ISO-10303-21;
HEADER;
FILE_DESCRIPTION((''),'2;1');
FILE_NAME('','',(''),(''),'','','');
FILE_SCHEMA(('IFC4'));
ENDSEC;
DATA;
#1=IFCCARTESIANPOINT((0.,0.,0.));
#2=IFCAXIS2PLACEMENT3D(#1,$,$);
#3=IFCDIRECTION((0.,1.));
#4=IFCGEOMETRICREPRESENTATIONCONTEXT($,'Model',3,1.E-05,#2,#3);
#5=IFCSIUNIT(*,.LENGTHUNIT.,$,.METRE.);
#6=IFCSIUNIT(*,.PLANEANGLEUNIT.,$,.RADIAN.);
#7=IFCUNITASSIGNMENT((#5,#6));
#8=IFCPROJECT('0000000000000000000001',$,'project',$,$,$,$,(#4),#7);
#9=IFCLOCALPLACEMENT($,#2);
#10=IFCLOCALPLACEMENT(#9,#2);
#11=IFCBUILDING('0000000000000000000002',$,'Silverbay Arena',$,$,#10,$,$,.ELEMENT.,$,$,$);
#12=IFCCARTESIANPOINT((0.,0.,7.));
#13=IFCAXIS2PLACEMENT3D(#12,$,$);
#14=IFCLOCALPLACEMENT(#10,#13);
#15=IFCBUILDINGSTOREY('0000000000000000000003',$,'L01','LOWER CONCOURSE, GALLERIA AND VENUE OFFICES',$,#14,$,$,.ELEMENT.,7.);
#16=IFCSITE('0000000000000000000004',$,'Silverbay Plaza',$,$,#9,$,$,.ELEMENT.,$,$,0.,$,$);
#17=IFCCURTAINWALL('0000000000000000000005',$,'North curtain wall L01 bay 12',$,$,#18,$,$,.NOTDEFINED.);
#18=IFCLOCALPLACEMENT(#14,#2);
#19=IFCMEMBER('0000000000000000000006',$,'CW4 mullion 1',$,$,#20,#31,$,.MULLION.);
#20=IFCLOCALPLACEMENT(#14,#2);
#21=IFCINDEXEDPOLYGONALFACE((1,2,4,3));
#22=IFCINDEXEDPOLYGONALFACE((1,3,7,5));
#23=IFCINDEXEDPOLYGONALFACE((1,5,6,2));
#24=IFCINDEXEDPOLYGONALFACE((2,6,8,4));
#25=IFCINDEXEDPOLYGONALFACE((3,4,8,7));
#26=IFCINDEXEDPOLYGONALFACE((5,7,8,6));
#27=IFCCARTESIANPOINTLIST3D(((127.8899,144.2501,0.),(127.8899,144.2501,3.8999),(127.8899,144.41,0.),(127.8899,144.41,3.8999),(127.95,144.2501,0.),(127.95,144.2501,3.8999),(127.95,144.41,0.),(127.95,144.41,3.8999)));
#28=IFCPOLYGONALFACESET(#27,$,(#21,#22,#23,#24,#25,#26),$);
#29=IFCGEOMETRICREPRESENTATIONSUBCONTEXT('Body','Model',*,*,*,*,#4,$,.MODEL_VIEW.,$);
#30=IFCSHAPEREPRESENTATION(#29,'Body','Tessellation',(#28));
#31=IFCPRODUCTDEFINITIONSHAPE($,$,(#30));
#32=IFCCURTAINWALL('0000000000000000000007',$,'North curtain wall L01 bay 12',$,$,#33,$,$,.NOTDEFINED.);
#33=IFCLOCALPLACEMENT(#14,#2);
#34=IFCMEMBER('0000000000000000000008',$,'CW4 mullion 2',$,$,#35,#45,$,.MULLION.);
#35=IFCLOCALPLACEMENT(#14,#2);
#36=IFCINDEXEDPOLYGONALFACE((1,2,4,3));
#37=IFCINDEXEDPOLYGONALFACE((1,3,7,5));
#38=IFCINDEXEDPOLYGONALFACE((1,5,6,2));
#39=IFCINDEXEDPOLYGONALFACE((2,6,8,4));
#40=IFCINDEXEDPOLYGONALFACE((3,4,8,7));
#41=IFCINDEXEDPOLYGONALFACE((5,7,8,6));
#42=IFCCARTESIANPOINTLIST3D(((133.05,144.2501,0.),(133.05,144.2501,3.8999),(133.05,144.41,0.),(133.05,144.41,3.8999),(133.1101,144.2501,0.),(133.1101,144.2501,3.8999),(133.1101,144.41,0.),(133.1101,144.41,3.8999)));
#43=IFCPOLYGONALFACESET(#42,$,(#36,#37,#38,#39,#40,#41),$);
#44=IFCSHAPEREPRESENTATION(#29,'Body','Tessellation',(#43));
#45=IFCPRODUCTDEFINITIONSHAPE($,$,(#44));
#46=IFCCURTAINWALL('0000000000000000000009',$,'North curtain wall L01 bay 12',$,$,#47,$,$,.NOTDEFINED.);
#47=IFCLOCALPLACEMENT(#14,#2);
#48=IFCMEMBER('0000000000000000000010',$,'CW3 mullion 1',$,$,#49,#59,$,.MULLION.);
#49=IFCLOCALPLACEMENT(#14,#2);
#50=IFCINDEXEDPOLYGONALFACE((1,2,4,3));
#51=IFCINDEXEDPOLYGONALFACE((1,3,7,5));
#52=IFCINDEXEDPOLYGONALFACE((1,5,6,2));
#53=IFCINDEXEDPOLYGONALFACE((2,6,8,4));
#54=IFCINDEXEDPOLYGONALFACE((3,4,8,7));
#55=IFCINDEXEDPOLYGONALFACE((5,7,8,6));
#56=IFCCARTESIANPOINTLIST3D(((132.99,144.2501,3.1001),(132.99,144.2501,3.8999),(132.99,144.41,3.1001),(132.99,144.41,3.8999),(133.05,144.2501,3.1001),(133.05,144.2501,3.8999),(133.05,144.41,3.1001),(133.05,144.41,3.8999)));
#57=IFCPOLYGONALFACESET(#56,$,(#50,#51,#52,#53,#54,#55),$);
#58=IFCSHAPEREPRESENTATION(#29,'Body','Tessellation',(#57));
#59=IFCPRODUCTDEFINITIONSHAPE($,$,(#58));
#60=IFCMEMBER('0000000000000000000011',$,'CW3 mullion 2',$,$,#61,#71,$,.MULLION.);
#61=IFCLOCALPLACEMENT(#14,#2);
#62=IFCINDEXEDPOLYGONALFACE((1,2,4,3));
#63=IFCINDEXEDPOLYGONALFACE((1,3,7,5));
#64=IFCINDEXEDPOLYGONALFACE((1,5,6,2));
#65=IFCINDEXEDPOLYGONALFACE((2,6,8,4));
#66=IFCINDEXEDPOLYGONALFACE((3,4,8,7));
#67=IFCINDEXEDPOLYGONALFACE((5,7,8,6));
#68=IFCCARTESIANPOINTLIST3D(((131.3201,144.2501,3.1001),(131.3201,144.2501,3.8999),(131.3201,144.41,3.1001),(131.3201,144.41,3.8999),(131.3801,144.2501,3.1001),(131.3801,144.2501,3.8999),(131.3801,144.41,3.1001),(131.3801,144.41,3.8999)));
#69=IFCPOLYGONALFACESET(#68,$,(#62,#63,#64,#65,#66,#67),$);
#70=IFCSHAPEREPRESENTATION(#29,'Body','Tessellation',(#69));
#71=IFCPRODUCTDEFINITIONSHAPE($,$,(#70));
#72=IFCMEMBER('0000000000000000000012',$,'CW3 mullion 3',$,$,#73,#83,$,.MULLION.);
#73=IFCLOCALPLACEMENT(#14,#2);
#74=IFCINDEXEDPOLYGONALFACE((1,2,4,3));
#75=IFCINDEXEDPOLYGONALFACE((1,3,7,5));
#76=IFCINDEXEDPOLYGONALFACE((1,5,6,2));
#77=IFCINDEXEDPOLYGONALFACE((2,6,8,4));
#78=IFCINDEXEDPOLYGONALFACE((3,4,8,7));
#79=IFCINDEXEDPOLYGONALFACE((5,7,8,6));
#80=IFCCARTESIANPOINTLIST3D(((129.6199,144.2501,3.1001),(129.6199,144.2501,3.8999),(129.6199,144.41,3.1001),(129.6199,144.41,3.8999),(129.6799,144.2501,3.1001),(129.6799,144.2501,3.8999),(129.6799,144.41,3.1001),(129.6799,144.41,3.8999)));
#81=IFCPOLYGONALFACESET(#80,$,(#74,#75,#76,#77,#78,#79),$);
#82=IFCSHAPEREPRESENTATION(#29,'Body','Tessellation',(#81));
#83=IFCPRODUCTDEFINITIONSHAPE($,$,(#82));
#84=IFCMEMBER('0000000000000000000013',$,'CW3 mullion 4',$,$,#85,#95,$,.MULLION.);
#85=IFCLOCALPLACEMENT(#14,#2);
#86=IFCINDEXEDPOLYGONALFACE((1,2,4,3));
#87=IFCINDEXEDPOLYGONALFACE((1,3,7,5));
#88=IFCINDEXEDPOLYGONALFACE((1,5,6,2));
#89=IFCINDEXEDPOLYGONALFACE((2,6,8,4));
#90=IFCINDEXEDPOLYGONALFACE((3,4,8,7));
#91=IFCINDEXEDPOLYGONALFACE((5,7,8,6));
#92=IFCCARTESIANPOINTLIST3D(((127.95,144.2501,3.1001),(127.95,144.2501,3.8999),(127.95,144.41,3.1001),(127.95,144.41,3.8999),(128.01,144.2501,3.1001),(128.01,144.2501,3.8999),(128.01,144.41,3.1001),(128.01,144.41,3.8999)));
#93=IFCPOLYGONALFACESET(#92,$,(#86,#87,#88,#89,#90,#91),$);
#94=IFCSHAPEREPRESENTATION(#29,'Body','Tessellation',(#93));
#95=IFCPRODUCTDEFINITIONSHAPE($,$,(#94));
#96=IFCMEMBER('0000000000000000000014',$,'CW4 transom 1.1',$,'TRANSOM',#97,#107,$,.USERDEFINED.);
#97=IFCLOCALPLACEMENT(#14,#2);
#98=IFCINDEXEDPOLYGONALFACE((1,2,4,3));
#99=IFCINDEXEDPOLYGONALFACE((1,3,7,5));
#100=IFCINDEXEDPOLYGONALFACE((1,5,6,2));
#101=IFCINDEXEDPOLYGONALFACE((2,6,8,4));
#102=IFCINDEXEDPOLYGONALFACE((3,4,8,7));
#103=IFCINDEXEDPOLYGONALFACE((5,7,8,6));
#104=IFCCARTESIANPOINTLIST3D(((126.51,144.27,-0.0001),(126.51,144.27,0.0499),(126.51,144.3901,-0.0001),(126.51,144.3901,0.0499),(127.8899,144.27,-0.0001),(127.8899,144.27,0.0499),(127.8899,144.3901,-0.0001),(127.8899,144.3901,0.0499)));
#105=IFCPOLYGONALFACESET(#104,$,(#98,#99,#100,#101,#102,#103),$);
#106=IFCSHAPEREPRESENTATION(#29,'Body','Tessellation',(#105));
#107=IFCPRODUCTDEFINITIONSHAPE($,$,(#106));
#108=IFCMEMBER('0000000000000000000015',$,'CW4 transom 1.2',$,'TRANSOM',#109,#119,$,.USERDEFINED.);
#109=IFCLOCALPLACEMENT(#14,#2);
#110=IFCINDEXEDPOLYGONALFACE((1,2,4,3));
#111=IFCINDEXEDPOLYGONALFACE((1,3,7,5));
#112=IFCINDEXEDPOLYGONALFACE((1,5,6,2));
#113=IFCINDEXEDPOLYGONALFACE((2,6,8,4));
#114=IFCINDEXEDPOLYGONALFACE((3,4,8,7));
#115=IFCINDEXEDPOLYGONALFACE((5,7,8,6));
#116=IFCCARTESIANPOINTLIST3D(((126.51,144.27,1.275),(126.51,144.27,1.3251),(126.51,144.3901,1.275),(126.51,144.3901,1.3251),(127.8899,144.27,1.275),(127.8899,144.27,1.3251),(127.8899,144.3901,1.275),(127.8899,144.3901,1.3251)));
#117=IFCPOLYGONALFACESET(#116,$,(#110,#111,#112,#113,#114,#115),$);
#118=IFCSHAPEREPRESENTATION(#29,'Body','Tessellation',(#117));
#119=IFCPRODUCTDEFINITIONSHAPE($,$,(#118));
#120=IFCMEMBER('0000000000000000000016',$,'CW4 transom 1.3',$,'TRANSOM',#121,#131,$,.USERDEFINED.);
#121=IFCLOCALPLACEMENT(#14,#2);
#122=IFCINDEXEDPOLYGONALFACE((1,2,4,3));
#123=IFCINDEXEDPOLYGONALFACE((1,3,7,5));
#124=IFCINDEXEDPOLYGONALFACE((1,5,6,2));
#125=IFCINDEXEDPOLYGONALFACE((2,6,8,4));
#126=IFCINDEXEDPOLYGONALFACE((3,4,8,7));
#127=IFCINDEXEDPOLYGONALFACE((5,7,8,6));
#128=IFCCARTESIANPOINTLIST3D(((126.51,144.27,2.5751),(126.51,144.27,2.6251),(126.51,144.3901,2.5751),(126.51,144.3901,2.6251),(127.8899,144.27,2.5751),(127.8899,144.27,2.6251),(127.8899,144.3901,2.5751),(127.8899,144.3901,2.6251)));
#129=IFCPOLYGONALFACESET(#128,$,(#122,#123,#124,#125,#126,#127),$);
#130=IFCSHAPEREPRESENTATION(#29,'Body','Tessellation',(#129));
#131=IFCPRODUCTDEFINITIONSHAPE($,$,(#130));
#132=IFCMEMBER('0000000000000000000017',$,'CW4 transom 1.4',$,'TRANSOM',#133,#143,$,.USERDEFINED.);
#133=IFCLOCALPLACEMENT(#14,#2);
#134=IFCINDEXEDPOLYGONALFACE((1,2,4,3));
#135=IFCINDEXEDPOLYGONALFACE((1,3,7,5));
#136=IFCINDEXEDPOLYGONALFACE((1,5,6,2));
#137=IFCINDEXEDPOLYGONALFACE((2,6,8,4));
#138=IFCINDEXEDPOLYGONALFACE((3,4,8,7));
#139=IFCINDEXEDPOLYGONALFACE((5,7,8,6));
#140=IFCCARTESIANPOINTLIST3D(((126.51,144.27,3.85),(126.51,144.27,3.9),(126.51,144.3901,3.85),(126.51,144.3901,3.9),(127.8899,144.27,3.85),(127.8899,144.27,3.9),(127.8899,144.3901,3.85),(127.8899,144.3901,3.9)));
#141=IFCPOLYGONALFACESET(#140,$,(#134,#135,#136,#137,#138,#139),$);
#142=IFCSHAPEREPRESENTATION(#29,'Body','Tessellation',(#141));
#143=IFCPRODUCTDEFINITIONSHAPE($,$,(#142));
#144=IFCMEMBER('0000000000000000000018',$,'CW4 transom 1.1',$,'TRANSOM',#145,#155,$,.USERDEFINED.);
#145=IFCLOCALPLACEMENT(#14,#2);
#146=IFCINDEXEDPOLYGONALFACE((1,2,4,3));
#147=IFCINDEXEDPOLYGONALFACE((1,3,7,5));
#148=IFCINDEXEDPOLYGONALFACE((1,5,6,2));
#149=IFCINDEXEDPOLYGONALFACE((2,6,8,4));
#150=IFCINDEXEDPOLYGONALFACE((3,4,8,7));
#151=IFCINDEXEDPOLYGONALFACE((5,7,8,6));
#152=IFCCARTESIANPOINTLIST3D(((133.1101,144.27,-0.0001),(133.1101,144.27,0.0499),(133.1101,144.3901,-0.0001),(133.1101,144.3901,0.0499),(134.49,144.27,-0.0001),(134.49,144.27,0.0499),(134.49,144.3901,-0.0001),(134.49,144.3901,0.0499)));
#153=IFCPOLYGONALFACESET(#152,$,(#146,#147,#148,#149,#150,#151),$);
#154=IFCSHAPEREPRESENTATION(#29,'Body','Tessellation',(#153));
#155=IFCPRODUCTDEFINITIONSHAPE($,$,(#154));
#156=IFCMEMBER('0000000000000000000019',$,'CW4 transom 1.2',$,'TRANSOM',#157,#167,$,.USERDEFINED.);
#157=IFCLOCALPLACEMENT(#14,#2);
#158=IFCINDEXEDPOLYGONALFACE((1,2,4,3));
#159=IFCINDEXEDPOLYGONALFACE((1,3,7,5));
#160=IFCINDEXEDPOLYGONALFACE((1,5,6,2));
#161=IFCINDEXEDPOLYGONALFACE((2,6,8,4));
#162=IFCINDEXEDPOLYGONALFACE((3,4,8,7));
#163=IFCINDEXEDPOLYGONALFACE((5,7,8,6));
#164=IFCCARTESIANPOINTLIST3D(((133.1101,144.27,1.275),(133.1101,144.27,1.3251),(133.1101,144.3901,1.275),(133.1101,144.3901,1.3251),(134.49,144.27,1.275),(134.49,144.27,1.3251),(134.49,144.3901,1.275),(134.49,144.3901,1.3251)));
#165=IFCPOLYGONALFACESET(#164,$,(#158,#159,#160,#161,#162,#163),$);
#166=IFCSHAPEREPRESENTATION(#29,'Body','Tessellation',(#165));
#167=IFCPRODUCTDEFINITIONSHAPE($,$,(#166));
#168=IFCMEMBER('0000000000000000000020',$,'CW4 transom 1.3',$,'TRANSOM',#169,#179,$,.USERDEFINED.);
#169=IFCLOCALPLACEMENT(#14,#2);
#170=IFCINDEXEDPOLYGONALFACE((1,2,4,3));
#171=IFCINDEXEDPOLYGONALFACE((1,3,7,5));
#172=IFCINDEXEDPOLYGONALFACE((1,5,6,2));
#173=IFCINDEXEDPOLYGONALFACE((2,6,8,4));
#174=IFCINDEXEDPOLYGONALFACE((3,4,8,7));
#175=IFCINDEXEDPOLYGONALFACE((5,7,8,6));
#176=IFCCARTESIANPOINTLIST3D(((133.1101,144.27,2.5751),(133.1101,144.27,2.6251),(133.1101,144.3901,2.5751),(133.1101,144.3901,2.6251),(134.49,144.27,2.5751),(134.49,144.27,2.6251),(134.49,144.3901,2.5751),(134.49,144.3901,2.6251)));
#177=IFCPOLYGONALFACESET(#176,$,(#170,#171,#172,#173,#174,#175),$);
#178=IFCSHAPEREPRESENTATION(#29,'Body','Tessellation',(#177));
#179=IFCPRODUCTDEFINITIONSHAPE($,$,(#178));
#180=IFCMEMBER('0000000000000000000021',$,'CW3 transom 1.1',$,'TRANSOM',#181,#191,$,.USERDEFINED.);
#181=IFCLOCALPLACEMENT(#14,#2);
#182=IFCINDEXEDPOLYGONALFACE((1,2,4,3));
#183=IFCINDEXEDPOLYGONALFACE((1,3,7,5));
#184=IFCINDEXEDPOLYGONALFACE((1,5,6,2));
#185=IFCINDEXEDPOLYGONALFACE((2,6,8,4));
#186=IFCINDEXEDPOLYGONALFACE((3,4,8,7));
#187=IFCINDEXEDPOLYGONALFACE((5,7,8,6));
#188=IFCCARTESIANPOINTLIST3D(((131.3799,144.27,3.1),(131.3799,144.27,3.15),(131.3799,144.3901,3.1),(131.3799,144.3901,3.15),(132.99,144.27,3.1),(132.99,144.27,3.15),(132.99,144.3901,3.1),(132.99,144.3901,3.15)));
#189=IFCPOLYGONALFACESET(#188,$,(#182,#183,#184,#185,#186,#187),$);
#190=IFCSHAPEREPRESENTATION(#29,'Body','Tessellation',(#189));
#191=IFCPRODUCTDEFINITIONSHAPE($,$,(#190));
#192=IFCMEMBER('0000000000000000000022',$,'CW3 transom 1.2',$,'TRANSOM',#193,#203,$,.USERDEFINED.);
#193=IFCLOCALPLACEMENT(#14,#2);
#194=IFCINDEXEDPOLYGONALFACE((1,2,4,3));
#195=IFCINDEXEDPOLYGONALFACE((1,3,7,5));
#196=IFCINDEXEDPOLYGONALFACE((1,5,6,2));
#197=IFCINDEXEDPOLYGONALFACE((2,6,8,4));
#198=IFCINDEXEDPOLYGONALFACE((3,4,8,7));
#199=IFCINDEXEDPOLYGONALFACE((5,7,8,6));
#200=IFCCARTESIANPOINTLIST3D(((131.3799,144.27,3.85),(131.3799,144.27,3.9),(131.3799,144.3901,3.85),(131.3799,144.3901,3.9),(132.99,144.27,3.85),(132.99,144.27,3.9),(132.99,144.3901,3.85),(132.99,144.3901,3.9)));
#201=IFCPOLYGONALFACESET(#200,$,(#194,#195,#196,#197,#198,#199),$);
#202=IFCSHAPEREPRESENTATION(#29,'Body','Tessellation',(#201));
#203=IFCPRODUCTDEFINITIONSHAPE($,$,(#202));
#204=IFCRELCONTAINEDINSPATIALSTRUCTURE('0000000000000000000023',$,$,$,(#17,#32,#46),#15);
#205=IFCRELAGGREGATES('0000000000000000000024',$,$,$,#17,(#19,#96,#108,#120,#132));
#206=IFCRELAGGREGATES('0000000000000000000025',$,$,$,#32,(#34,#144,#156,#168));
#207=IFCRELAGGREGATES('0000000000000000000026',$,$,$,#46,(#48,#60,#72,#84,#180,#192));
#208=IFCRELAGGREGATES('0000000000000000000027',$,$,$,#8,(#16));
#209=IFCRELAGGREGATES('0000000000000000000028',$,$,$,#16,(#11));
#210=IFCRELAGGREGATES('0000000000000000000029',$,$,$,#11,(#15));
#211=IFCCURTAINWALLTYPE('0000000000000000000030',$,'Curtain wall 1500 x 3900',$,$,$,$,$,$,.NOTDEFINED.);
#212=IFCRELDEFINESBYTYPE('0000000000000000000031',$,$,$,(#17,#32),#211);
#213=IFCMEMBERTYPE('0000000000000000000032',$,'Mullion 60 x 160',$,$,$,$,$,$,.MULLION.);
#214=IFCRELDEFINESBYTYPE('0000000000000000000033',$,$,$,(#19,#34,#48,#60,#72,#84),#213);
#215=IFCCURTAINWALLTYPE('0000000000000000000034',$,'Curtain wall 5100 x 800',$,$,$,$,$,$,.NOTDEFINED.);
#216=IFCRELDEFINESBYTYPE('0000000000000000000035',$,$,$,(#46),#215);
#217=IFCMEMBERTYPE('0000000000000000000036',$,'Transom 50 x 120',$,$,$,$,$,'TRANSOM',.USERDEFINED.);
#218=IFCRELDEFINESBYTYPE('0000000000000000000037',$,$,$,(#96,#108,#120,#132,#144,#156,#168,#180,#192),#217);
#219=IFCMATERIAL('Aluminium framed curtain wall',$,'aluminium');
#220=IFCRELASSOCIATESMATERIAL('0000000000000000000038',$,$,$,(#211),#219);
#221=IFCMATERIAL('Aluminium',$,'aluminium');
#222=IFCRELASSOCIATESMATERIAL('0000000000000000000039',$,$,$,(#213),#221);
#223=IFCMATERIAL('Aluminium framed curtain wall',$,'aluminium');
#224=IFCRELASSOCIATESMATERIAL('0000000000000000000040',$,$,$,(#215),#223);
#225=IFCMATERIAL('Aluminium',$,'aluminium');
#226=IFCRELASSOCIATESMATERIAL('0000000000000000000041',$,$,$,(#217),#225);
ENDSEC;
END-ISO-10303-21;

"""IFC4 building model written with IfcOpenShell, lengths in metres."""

from ifc_helpers import new_model, si_unit, direction, frame, origin, origin_2d, place, context, subcontext, project, spatial, rectangle, extrude, material, material_profile, profile_set, type_object, element, aggregate, save


model = new_model("IFC4")

# Units and contexts
model_context = context("Model", 3, precision=1e-05, world=origin(), true_north=direction((0.0, 1.0)))
body_context = subcontext(model_context, "Body", "Model", "MODEL_VIEW")
ifc_project = project(units=[si_unit("LENGTHUNIT", "METRE"), si_unit("PLANEANGLEUNIT", "RADIAN")], contexts=[model_context])

# Site, building, storey
site_placement = place(None, origin())
site = spatial("IfcSite", under=ifc_project, at=site_placement, Name="Silverbay Plaza", CompositionType="ELEMENT", RefElevation=0.0)
building_placement = place(site_placement, origin())
building = spatial("IfcBuilding", under=site, at=building_placement, Name="Silverbay Arena", CompositionType="ELEMENT")
storey_placement = place(building_placement, frame((0.0, 0.0, 7.0)))
storey = spatial("IfcBuildingStorey", under=building, at=storey_placement, Name="L01", Description="LOWER CONCOURSE, GALLERIA AND VENUE OFFICES", CompositionType="ELEMENT", Elevation=7.0)

# Curtain walls, members
ifc_material_1 = material(Name="Aluminium framed curtain wall", Category="aluminium")
curtain_wall_type_1 = type_object("IfcCurtainWallType", Name="Curtain wall 1500 x 3900", PredefinedType="NOTDEFINED", material=ifc_material_1)
curtain_wall_1_placement = place(storey_placement, origin())
curtain_wall_1 = element("IfcCurtainWall", 1, at=curtain_wall_1_placement, inside=storey, type_object=curtain_wall_type_1, Name="North curtain wall L01 bay 12", PredefinedType="NOTDEFINED")
ifc_material_2 = material(Name="Aluminium", Category="aluminium")
ifc_material_profile_1 = material_profile(ifc_material_2, rectangle(XDim=0.1599, YDim=0.0601, at=origin_2d()), Name="Mullion 60 x 160")
ifc_profile_set_1 = profile_set([ifc_material_profile_1], Name="Aluminium")
member_type_1 = type_object("IfcMemberType", Name="Mullion 60 x 160", PredefinedType="MULLION", material=ifc_profile_set_1)
member_1_placement = place(storey_placement, frame((127.9199, 144.3301, 0.0), z_axis=(0.0, 0.0, 1.0), x_axis=(0.0, -1.0, 0.0)))
member_1 = element("IfcMember", 2, at=member_1_placement, type_object=member_type_1, Name="CW4 mullion 1", PredefinedType="MULLION", context=body_context, shape_type="SweptSolid", body=[
    extrude(rectangle(XDim=0.1599, YDim=0.0601, at=origin_2d()), origin(), (0.0, 0.0, 1.0), 3.8999),
])
curtain_wall_2_placement = place(storey_placement, origin())
curtain_wall_2 = element("IfcCurtainWall", 3, at=curtain_wall_2_placement, inside=storey, type_object=curtain_wall_type_1, Name="North curtain wall L01 bay 12", PredefinedType="NOTDEFINED")
member_2_placement = place(storey_placement, frame((133.0801, 144.3301, 0.0), z_axis=(0.0, 0.0, 1.0), x_axis=(0.0, -1.0, 0.0)))
member_2 = element("IfcMember", 4, at=member_2_placement, type_object=member_type_1, Name="CW4 mullion 2", PredefinedType="MULLION", context=body_context, shape_type="SweptSolid", body=[
    extrude(rectangle(XDim=0.1599, YDim=0.0601, at=origin_2d()), origin(), (0.0, 0.0, 1.0), 3.8999),
])

# Curtain wall, members
ifc_material_3 = material(Name="Aluminium framed curtain wall", Category="aluminium")
curtain_wall_type_2 = type_object("IfcCurtainWallType", Name="Curtain wall 5100 x 800", PredefinedType="NOTDEFINED", material=ifc_material_3)
curtain_wall_3_placement = place(storey_placement, origin())
curtain_wall_3 = element("IfcCurtainWall", 5, at=curtain_wall_3_placement, inside=storey, type_object=curtain_wall_type_2, Name="North curtain wall L01 bay 12", PredefinedType="NOTDEFINED")
member_3_placement = place(storey_placement, frame((133.02, 144.3301, 3.1001), z_axis=(0.0, 0.0, 1.0), x_axis=(0.0, -1.0, 0.0)))
member_3 = element("IfcMember", 6, at=member_3_placement, type_object=member_type_1, Name="CW3 mullion 1", PredefinedType="MULLION", context=body_context, shape_type="SweptSolid", body=[
    extrude(rectangle(XDim=0.1599, YDim=0.0601, at=origin_2d()), origin(), (0.0, 0.0, 1.0), 0.7998),
])
member_4_placement = place(storey_placement, frame((131.3501, 144.3301, 3.1001), z_axis=(0.0, 0.0, 1.0), x_axis=(0.0, -1.0, 0.0)))
member_4 = element("IfcMember", 7, at=member_4_placement, type_object=member_type_1, Name="CW3 mullion 2", PredefinedType="MULLION", context=body_context, shape_type="SweptSolid", body=[
    extrude(rectangle(XDim=0.1599, YDim=0.0601, at=origin_2d()), origin(), (0.0, 0.0, 1.0), 0.7998),
])
member_5_placement = place(storey_placement, frame((129.6499, 144.3301, 3.1001), z_axis=(0.0, 0.0, 1.0), x_axis=(0.0, -1.0, 0.0)))
member_5 = element("IfcMember", 8, at=member_5_placement, type_object=member_type_1, Name="CW3 mullion 3", PredefinedType="MULLION", context=body_context, shape_type="SweptSolid", body=[
    extrude(rectangle(XDim=0.1599, YDim=0.0601, at=origin_2d()), origin(), (0.0, 0.0, 1.0), 0.7998),
])
member_6_placement = place(storey_placement, frame((127.98, 144.3301, 3.1001), z_axis=(0.0, 0.0, 1.0), x_axis=(0.0, -1.0, 0.0)))
member_6 = element("IfcMember", 9, at=member_6_placement, type_object=member_type_1, Name="CW3 mullion 4", PredefinedType="MULLION", context=body_context, shape_type="SweptSolid", body=[
    extrude(rectangle(XDim=0.1599, YDim=0.0601, at=origin_2d()), origin(), (0.0, 0.0, 1.0), 0.7998),
])

# Members
ifc_material_4 = material(Name="Aluminium", Category="aluminium")
ifc_material_profile_2 = material_profile(ifc_material_4, rectangle(XDim=0.1201, YDim=0.05, at=origin_2d()), Name="Transom 50 x 120")
ifc_profile_set_2 = profile_set([ifc_material_profile_2], Name="Aluminium")
member_type_2 = type_object("IfcMemberType", Name="Transom 50 x 120", ElementType="TRANSOM", PredefinedType="USERDEFINED", material=ifc_profile_set_2)
member_7_placement = place(storey_placement, frame((127.8899, 144.3301, 0.0249), z_axis=(-1.0, 0.0, 0.0), x_axis=(0.0, -1.0, 0.0)))
member_7 = element("IfcMember", 10, at=member_7_placement, type_object=member_type_2, Name="CW4 transom 1.1", ObjectType="TRANSOM", PredefinedType="USERDEFINED", context=body_context, shape_type="SweptSolid", body=[
    extrude(rectangle(XDim=0.1201, YDim=0.05, at=origin_2d()), origin(), (0.0, 0.0, 1.0), 1.3799),
])
member_8_placement = place(storey_placement, frame((127.8899, 144.3301, 1.3), z_axis=(-1.0, 0.0, 0.0), x_axis=(0.0, -1.0, 0.0)))
member_8 = element("IfcMember", 11, at=member_8_placement, type_object=member_type_2, Name="CW4 transom 1.2", ObjectType="TRANSOM", PredefinedType="USERDEFINED", context=body_context, shape_type="SweptSolid", body=[
    extrude(rectangle(XDim=0.1201, YDim=0.05, at=origin_2d()), origin(), (0.0, 0.0, 1.0), 1.3799),
])
member_9_placement = place(storey_placement, frame((127.8899, 144.3301, 2.6001), z_axis=(-1.0, 0.0, 0.0), x_axis=(0.0, -1.0, 0.0)))
member_9 = element("IfcMember", 12, at=member_9_placement, type_object=member_type_2, Name="CW4 transom 1.3", ObjectType="TRANSOM", PredefinedType="USERDEFINED", context=body_context, shape_type="SweptSolid", body=[
    extrude(rectangle(XDim=0.1201, YDim=0.05, at=origin_2d()), origin(), (0.0, 0.0, 1.0), 1.3799),
])
member_10_placement = place(storey_placement, frame((127.8899, 144.3301, 3.875), z_axis=(-1.0, 0.0, 0.0), x_axis=(0.0, -1.0, 0.0)))
member_10 = element("IfcMember", 13, at=member_10_placement, type_object=member_type_2, Name="CW4 transom 1.4", ObjectType="TRANSOM", PredefinedType="USERDEFINED", context=body_context, shape_type="SweptSolid", body=[
    extrude(rectangle(XDim=0.1201, YDim=0.05, at=origin_2d()), origin(), (0.0, 0.0, 1.0), 1.3799),
])
member_11_placement = place(storey_placement, frame((134.49, 144.3301, 0.0249), z_axis=(-1.0, 0.0, 0.0), x_axis=(0.0, -1.0, 0.0)))
member_11 = element("IfcMember", 14, at=member_11_placement, type_object=member_type_2, Name="CW4 transom 1.1", ObjectType="TRANSOM", PredefinedType="USERDEFINED", context=body_context, shape_type="SweptSolid", body=[
    extrude(rectangle(XDim=0.1201, YDim=0.05, at=origin_2d()), origin(), (0.0, 0.0, 1.0), 1.3799),
])
member_12_placement = place(storey_placement, frame((134.49, 144.3301, 1.3), z_axis=(-1.0, 0.0, 0.0), x_axis=(0.0, -1.0, 0.0)))
member_12 = element("IfcMember", 15, at=member_12_placement, type_object=member_type_2, Name="CW4 transom 1.2", ObjectType="TRANSOM", PredefinedType="USERDEFINED", context=body_context, shape_type="SweptSolid", body=[
    extrude(rectangle(XDim=0.1201, YDim=0.05, at=origin_2d()), origin(), (0.0, 0.0, 1.0), 1.3799),
])
member_13_placement = place(storey_placement, frame((134.49, 144.3301, 2.6001), z_axis=(-1.0, 0.0, 0.0), x_axis=(0.0, -1.0, 0.0)))
member_13 = element("IfcMember", 16, at=member_13_placement, type_object=member_type_2, Name="CW4 transom 1.3", ObjectType="TRANSOM", PredefinedType="USERDEFINED", context=body_context, shape_type="SweptSolid", body=[
    extrude(rectangle(XDim=0.1201, YDim=0.05, at=origin_2d()), origin(), (0.0, 0.0, 1.0), 1.3799),
])
member_14_placement = place(storey_placement, frame((132.99, 144.3301, 3.125), z_axis=(-1.0, 0.0, 0.0), x_axis=(0.0, -1.0, 0.0)))
member_14 = element("IfcMember", 17, at=member_14_placement, type_object=member_type_2, Name="CW3 transom 1.1", ObjectType="TRANSOM", PredefinedType="USERDEFINED", context=body_context, shape_type="SweptSolid", body=[
    extrude(rectangle(XDim=0.1201, YDim=0.05, at=origin_2d()), origin(), (0.0, 0.0, 1.0), 1.6101),
])
member_15_placement = place(storey_placement, frame((132.99, 144.3301, 3.875), z_axis=(-1.0, 0.0, 0.0), x_axis=(0.0, -1.0, 0.0)))
member_15 = element("IfcMember", 18, at=member_15_placement, type_object=member_type_2, Name="CW3 transom 1.2", ObjectType="TRANSOM", PredefinedType="USERDEFINED", context=body_context, shape_type="SweptSolid", body=[
    extrude(rectangle(XDim=0.1201, YDim=0.05, at=origin_2d()), origin(), (0.0, 0.0, 1.0), 1.6101),
])

aggregate(curtain_wall_1, [member_1, member_7, member_8, member_9, member_10])
aggregate(curtain_wall_2, [member_2, member_11, member_12, member_13])
aggregate(curtain_wall_3, [member_3, member_4, member_5, member_6, member_14, member_15])

save(model, "model.ifc")
